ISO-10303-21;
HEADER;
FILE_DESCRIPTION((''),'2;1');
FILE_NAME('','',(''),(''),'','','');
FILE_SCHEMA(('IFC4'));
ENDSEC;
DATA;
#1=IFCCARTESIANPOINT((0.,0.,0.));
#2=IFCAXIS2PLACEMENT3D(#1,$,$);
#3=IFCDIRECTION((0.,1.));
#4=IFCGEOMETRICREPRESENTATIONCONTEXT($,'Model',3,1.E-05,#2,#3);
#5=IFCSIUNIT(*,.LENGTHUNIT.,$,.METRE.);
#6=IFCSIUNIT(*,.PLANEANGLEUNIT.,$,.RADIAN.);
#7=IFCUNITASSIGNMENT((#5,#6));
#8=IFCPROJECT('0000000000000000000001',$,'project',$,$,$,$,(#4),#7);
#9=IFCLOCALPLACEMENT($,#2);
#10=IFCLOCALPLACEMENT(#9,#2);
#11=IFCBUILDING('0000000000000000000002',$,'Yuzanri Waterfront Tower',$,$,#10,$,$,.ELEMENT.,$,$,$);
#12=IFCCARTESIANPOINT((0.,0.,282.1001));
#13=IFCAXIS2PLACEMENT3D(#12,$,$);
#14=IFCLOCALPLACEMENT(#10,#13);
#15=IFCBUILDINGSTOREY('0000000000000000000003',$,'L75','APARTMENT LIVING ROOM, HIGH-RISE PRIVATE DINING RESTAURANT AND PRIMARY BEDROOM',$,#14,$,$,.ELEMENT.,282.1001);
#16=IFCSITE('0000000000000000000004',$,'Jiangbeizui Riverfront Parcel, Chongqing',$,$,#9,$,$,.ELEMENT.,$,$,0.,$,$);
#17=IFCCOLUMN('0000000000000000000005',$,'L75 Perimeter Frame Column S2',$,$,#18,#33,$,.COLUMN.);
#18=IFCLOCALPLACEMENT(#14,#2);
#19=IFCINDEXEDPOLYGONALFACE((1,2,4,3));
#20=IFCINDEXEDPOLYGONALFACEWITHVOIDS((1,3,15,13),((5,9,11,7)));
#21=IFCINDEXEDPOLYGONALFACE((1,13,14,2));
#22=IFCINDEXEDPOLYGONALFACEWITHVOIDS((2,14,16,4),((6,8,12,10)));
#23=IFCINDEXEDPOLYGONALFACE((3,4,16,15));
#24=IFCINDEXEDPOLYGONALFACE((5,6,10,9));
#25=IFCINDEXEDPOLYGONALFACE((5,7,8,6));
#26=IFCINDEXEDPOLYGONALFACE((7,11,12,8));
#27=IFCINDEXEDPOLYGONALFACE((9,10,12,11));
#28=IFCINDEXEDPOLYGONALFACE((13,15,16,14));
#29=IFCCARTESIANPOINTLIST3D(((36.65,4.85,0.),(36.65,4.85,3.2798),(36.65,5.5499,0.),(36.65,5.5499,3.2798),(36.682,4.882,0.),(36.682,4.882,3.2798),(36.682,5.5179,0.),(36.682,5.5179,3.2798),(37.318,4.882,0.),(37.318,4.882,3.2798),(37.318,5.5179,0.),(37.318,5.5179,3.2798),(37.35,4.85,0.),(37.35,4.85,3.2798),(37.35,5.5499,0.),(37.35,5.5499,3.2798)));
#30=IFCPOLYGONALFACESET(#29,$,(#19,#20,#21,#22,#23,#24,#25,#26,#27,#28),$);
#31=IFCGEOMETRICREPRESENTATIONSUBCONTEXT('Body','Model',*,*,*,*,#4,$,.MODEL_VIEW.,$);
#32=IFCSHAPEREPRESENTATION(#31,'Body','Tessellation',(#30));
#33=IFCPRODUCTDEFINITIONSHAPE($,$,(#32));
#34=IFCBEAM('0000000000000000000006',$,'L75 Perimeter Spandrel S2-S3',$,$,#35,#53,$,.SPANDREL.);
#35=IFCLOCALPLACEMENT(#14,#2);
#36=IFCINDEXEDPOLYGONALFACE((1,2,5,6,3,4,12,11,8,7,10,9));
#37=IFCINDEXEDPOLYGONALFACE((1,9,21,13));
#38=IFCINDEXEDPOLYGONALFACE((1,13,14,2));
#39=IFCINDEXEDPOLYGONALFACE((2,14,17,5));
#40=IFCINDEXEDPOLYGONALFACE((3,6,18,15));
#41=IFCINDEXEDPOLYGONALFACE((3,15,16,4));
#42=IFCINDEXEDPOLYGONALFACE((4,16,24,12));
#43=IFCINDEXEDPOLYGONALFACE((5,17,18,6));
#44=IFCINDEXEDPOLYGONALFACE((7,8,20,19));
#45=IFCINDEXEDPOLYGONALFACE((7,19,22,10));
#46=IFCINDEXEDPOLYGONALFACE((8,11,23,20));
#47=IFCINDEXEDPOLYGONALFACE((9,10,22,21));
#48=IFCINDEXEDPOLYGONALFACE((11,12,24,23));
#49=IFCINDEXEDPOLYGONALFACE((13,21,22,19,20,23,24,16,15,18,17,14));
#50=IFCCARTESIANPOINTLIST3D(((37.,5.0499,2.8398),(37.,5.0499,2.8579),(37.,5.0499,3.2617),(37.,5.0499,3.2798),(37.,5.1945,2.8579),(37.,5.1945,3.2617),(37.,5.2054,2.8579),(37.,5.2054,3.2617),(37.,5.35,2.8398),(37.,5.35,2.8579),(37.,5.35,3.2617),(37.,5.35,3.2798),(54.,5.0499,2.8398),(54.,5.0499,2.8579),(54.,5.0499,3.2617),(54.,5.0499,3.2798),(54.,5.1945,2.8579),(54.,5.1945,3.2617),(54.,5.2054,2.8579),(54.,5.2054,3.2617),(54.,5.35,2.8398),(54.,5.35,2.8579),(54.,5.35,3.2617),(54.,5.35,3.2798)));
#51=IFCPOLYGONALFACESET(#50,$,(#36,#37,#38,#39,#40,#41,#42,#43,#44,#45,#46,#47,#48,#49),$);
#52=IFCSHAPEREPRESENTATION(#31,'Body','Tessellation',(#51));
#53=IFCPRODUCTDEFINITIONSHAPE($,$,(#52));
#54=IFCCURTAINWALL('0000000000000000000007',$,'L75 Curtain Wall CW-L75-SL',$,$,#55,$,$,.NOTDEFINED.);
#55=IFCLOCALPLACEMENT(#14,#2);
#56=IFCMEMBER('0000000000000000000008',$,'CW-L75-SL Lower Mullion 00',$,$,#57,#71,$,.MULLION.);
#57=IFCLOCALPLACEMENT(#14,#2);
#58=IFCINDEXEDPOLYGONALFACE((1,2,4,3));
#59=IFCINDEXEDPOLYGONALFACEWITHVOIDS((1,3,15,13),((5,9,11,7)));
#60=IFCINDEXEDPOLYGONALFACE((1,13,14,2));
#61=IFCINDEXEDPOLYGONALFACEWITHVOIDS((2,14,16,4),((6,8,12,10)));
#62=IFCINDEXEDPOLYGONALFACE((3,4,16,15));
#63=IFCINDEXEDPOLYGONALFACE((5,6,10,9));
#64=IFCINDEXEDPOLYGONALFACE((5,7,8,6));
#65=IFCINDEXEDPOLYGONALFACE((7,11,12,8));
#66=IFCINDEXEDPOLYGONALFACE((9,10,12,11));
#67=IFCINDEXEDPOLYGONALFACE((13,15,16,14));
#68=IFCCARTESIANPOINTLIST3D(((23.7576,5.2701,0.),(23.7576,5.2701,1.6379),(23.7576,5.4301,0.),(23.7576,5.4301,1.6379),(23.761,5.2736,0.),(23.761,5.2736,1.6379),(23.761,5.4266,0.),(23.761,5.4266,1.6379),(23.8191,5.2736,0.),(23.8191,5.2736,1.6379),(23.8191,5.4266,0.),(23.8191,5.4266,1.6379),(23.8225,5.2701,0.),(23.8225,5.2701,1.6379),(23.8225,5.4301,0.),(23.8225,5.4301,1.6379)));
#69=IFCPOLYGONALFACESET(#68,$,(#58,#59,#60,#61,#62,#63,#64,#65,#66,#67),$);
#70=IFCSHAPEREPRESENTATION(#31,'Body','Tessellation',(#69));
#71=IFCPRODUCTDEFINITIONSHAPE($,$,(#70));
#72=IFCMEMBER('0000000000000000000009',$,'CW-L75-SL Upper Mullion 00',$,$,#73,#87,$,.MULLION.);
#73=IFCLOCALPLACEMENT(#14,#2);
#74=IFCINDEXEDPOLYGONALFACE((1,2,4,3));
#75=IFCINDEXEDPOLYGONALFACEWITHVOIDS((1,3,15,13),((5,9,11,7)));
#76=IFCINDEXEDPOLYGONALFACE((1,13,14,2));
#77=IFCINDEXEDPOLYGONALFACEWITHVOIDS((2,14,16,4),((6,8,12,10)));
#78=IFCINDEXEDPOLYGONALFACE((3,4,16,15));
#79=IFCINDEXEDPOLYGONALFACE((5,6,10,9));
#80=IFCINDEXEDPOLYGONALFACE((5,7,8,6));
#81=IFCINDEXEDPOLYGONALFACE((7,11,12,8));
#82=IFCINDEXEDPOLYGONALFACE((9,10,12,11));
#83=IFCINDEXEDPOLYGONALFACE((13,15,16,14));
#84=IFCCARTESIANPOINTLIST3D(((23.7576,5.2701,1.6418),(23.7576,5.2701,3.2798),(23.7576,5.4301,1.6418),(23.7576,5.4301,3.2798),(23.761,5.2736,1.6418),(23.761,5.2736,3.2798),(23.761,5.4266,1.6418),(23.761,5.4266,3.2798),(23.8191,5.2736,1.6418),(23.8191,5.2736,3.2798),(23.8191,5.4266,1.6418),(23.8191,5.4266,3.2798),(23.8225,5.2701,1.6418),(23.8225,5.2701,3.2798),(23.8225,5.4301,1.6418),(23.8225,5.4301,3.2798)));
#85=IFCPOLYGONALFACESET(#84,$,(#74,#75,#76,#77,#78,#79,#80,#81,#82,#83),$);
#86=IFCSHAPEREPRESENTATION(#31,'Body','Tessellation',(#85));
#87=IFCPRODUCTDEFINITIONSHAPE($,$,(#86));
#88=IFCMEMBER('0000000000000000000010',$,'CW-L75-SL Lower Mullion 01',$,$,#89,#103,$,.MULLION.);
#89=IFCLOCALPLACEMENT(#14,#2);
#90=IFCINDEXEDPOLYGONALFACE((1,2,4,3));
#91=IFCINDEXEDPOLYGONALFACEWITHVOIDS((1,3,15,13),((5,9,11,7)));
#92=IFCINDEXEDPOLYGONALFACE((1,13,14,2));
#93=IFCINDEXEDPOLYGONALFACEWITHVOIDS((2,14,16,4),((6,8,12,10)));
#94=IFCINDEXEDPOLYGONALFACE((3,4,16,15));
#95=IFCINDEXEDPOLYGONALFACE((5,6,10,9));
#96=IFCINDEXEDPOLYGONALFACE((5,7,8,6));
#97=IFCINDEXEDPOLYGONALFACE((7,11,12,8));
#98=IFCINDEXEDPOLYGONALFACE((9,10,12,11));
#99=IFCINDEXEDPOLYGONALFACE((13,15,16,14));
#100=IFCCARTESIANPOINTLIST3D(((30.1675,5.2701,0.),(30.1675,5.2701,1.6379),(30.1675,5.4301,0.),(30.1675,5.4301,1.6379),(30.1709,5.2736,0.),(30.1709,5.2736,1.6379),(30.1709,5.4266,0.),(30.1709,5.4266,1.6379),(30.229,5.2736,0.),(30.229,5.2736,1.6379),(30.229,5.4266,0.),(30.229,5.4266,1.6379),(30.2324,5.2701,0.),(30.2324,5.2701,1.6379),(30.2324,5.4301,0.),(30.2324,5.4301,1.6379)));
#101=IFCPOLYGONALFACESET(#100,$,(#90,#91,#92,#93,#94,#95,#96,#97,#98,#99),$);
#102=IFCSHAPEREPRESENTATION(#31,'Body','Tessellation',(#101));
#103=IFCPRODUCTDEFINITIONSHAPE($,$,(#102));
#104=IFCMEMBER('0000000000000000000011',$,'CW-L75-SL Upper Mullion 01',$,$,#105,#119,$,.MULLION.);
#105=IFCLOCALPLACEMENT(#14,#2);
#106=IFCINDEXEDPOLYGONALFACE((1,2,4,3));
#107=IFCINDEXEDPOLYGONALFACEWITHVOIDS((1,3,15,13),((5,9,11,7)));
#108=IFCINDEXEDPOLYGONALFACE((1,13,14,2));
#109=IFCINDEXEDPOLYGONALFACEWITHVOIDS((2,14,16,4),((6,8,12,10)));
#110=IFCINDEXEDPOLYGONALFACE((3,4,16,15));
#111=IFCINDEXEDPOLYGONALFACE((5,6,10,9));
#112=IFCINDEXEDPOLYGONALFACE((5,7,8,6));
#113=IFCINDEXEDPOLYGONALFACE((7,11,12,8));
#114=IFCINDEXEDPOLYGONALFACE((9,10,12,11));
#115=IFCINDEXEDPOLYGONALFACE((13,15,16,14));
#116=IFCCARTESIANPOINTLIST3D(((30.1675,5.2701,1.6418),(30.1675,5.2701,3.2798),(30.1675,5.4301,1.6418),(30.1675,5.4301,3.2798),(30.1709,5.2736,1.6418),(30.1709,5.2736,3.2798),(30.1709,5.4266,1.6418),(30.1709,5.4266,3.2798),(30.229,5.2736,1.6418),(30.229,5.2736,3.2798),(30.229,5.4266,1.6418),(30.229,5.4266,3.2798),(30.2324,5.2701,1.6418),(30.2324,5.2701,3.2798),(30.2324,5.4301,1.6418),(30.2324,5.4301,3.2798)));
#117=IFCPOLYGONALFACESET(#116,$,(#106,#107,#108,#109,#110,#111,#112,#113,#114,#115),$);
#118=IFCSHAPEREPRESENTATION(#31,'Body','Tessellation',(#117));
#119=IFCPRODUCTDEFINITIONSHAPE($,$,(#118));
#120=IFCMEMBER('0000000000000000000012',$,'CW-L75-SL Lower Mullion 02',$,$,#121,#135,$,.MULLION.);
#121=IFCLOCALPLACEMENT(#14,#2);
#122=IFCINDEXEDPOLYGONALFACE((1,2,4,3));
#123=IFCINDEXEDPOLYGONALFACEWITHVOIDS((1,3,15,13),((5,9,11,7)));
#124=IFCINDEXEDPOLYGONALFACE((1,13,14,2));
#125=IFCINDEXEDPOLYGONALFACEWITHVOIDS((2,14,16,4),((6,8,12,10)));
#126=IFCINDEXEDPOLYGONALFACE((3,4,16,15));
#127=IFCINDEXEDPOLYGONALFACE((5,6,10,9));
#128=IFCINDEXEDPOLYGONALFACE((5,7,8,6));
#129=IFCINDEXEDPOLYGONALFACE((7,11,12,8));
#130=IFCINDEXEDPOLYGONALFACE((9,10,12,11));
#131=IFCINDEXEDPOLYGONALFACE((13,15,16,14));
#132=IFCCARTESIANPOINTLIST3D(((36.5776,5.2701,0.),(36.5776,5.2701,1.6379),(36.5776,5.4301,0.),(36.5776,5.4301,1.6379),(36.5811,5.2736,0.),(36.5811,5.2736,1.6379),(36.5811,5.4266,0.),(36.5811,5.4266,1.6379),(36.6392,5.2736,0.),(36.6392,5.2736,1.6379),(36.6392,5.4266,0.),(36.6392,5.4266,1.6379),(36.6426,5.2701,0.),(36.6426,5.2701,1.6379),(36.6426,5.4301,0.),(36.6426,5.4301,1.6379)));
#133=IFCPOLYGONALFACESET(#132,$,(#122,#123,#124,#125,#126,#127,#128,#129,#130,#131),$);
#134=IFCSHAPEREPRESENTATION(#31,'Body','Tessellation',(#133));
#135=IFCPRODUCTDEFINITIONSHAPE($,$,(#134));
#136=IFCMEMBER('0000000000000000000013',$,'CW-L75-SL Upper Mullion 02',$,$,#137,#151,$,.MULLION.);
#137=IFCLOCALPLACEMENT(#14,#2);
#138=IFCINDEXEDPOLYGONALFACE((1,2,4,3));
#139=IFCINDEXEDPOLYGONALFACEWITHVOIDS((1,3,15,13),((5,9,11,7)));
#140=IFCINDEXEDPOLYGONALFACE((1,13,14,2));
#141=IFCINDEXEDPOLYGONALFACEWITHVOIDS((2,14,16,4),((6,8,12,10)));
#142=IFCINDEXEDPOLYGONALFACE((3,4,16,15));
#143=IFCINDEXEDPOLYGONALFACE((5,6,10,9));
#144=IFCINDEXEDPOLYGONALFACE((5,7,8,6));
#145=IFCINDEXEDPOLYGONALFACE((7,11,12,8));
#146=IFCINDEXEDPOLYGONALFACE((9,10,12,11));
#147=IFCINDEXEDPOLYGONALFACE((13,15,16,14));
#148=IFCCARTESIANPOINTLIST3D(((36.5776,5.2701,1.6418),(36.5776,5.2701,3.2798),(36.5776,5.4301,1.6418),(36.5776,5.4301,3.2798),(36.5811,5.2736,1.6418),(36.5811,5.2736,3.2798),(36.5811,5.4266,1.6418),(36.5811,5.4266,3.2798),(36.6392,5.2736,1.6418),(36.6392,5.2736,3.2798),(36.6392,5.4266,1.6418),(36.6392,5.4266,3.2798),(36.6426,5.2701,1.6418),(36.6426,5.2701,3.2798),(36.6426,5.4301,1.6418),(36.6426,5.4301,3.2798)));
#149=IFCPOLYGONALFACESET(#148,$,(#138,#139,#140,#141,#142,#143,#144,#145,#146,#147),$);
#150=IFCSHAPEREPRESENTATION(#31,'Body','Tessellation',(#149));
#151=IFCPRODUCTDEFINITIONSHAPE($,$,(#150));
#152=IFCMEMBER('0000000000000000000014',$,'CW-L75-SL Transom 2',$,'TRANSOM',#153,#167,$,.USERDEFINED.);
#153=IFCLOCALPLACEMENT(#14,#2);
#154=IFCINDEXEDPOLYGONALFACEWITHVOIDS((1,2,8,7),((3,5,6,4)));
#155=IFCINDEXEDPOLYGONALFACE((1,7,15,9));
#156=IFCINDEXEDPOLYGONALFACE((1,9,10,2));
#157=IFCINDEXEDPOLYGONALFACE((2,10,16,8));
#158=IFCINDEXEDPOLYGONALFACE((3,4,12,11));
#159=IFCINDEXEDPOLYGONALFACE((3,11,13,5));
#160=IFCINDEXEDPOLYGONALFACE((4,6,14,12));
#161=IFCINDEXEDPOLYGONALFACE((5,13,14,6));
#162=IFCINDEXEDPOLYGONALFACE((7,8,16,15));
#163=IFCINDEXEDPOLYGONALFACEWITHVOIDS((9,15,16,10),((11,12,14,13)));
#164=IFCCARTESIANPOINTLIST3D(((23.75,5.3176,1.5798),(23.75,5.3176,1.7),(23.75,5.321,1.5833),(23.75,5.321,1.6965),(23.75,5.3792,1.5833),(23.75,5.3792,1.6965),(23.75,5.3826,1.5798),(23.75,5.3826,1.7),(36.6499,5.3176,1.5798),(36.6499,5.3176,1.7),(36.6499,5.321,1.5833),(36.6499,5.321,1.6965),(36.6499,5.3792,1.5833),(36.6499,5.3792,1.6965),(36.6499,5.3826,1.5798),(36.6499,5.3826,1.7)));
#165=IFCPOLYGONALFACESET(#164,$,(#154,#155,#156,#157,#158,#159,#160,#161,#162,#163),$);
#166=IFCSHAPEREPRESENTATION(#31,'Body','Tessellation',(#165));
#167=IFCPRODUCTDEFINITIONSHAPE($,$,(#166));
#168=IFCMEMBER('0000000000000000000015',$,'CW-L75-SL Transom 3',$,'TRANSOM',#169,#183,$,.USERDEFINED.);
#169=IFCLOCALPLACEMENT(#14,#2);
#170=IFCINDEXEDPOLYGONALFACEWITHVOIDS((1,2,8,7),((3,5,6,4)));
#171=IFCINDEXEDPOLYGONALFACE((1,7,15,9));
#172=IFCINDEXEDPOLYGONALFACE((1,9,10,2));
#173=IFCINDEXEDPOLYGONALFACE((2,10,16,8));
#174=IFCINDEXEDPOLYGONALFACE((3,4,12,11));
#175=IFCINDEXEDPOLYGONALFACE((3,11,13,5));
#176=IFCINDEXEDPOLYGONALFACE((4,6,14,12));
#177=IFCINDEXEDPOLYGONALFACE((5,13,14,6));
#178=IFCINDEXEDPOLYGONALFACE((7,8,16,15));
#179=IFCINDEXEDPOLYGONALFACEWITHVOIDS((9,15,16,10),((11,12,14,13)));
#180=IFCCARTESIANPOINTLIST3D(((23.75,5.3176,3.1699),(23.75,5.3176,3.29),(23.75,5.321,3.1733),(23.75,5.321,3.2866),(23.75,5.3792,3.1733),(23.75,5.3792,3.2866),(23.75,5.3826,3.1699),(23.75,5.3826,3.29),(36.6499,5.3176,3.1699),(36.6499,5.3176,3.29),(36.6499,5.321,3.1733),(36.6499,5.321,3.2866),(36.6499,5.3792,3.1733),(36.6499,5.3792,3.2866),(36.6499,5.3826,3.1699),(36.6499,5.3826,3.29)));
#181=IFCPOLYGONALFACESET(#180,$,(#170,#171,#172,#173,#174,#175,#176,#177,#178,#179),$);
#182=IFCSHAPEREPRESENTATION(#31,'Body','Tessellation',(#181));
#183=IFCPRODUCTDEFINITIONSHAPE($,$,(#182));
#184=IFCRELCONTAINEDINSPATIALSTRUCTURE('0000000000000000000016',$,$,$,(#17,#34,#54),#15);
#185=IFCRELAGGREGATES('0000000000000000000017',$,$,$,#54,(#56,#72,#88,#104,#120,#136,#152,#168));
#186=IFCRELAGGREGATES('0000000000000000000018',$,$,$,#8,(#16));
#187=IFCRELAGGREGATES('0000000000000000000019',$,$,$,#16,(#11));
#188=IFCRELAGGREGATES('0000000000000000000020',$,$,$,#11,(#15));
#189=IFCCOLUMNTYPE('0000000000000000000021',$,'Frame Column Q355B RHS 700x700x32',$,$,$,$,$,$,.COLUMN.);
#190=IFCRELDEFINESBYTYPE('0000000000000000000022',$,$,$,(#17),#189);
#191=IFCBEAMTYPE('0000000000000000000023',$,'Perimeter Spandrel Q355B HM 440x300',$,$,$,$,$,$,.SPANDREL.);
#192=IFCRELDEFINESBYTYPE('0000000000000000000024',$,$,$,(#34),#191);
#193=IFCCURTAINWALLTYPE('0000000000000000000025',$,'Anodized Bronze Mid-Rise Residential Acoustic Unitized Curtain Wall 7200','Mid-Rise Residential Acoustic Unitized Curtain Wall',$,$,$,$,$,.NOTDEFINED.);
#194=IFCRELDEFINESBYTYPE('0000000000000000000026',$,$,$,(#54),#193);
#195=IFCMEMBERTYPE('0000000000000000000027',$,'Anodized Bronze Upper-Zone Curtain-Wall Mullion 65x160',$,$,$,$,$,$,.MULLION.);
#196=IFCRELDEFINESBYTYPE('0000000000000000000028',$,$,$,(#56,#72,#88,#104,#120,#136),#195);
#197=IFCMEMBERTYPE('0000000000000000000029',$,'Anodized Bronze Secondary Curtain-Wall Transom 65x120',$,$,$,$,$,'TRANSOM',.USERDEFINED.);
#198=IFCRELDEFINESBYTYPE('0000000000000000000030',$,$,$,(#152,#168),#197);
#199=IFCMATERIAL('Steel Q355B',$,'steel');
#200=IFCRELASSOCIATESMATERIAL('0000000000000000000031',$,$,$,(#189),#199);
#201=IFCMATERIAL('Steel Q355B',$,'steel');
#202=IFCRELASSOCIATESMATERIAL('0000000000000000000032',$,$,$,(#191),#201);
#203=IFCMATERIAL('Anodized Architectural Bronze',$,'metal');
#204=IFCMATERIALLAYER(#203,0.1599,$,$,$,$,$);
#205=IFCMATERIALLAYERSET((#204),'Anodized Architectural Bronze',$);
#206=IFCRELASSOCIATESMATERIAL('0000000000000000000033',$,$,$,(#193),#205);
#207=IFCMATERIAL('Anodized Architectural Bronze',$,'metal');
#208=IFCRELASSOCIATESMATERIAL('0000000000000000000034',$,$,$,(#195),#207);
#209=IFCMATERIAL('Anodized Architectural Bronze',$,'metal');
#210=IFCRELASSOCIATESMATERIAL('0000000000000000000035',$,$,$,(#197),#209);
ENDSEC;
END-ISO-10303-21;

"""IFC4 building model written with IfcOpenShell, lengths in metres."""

from ifc_helpers import new_model, si_unit, direction, frame, origin, origin_2d, place, context, subcontext, project, spatial, hollow_rectangle, i_section, extrude, source, transform, mapped, material, layer, layer_set, material_profile, profile_set, type_object, element, aggregate, save


model = new_model("IFC4")

# Units and contexts
model_context = context("Model", 3, precision=1e-05, world=origin(), true_north=direction((0.0, 1.0)))
body_context = subcontext(model_context, "Body", "Model", "MODEL_VIEW")
ifc_project = project(units=[si_unit("LENGTHUNIT", "METRE"), si_unit("PLANEANGLEUNIT", "RADIAN")], contexts=[model_context])

# Site, building, storey
site_placement = place(None, origin())
site = spatial("IfcSite", under=ifc_project, at=site_placement, Name="Jiangbeizui Riverfront Parcel, Chongqing", CompositionType="ELEMENT", RefElevation=0.0)
building_placement = place(site_placement, origin())
building = spatial("IfcBuilding", under=site, at=building_placement, Name="Yuzanri Waterfront Tower", CompositionType="ELEMENT")
storey_placement = place(building_placement, frame((0.0, 0.0, 282.1001)))
storey = spatial("IfcBuildingStorey", under=building, at=storey_placement, Name="L75", Description="APARTMENT LIVING ROOM, HIGH-RISE PRIVATE DINING RESTAURANT AND PRIMARY BEDROOM", CompositionType="ELEMENT", Elevation=282.1001)

# Column
ifc_material_1 = material(Name="Steel Q355B", Category="steel")
ifc_material_profile_1 = material_profile(ifc_material_1, hollow_rectangle(XDim=0.7, YDim=0.7, WallThickness=0.032, at=origin_2d()), Name="RHS 700x700x32")
ifc_profile_set_1 = profile_set([ifc_material_profile_1], Name="Steel Q355B")
column_type = type_object("IfcColumnType", Name="Frame Column Q355B RHS 700x700x32", PredefinedType="COLUMN", material=ifc_profile_set_1)
shared_shape_1 = source(origin(), body_context, "Body", "SweptSolid", [
    extrude(hollow_rectangle(XDim=0.7, YDim=0.7, WallThickness=0.032, at=origin_2d()), origin(), (0.0, 0.0, 1.0), 3.2798),
])
column_placement = place(storey_placement, frame((37.0, 5.2, 0.0), z_axis=(0.0, 0.0, 1.0), x_axis=(1.0, 0.0, 0.0)))
element("IfcColumn", 1, at=column_placement, inside=storey, type_object=column_type, Name="L75 Perimeter Frame Column S2", PredefinedType="COLUMN", context=body_context, shape_type="MappedRepresentation", body=[
    mapped(shared_shape_1, transform((0.0, 0.0, 0.0), scale=1.0)),
])

# Beam
ifc_material_2 = material(Name="Steel Q355B", Category="steel")
ifc_material_profile_2 = material_profile(ifc_material_2, i_section(OverallWidth=0.3, OverallDepth=0.4399, WebThickness=0.011, FlangeThickness=0.0181, at=origin_2d()), Name="HM 440x300x11x18")
ifc_profile_set_2 = profile_set([ifc_material_profile_2], Name="Steel Q355B")
beam_type = type_object("IfcBeamType", Name="Perimeter Spandrel Q355B HM 440x300", PredefinedType="SPANDREL", material=ifc_profile_set_2)
shared_shape_2 = source(origin(), body_context, "Body", "SweptSolid", [
    extrude(i_section(OverallWidth=0.3, OverallDepth=0.4399, WebThickness=0.011, FlangeThickness=0.0181, at=origin_2d()), origin(), (0.0, 0.0, 1.0), 17.0),
])
beam_placement = place(storey_placement, frame((37.0, 5.2, 3.0598), z_axis=(1.0, 0.0, 0.0), x_axis=(0.0, 1.0, 0.0)))
element("IfcBeam", 2, at=beam_placement, inside=storey, type_object=beam_type, Name="L75 Perimeter Spandrel S2-S3", PredefinedType="SPANDREL", context=body_context, shape_type="MappedRepresentation", body=[
    mapped(shared_shape_2, transform((0.0, 0.0, 0.0), scale=1.0)),
])

# Curtain wall, members
ifc_material_3 = material(Name="Anodized Architectural Bronze", Category="metal")
ifc_layer_1 = layer(ifc_material_3, 0.1599)
ifc_layer_set_1 = layer_set([ifc_layer_1], Name="Anodized Architectural Bronze")
curtain_wall_type = type_object("IfcCurtainWallType", Name="Anodized Bronze Mid-Rise Residential Acoustic Unitized Curtain Wall 7200", Description="Mid-Rise Residential Acoustic Unitized Curtain Wall", PredefinedType="NOTDEFINED", material=ifc_layer_set_1)
curtain_wall_placement = place(storey_placement, origin())
curtain_wall = element("IfcCurtainWall", 3, at=curtain_wall_placement, inside=storey, type_object=curtain_wall_type, Name="L75 Curtain Wall CW-L75-SL", PredefinedType="NOTDEFINED")
ifc_material_4 = material(Name="Anodized Architectural Bronze", Category="metal")
ifc_material_profile_3 = material_profile(ifc_material_4, hollow_rectangle(XDim=0.0649, YDim=0.1599, WallThickness=0.0034, at=origin_2d()), Name="CWM 65x160")
ifc_profile_set_3 = profile_set([ifc_material_profile_3], Name="Anodized Architectural Bronze")
member_type_1 = type_object("IfcMemberType", Name="Anodized Bronze Upper-Zone Curtain-Wall Mullion 65x160", PredefinedType="MULLION", material=ifc_profile_set_3)
shared_shape_3 = source(origin(), body_context, "Body", "SweptSolid", [
    extrude(hollow_rectangle(XDim=0.0649, YDim=0.1599, WallThickness=0.0034, at=origin_2d()), origin(), (0.0, 0.0, 1.0), 1.6379),
])
member_1_placement = place(storey_placement, frame((23.79, 5.3501, 0.0), z_axis=(0.0, 0.0, 1.0), x_axis=(1.0, 0.0, 0.0)))
member_1 = element("IfcMember", 4, at=member_1_placement, type_object=member_type_1, Name="CW-L75-SL Lower Mullion 00", PredefinedType="MULLION", context=body_context, shape_type="MappedRepresentation", body=[
    mapped(shared_shape_3, transform((0.0, 0.0, 0.0), scale=1.0)),
])
member_2_placement = place(storey_placement, frame((23.79, 5.3501, 1.6418), z_axis=(0.0, 0.0, 1.0), x_axis=(1.0, 0.0, 0.0)))
member_2 = element("IfcMember", 5, at=member_2_placement, type_object=member_type_1, Name="CW-L75-SL Upper Mullion 00", PredefinedType="MULLION", context=body_context, shape_type="MappedRepresentation", body=[
    mapped(shared_shape_3, transform((0.0, 0.0, 0.0), scale=1.0)),
])
member_3_placement = place(storey_placement, frame((30.2, 5.3501, 0.0), z_axis=(0.0, 0.0, 1.0), x_axis=(1.0, 0.0, 0.0)))
member_3 = element("IfcMember", 6, at=member_3_placement, type_object=member_type_1, Name="CW-L75-SL Lower Mullion 01", PredefinedType="MULLION", context=body_context, shape_type="MappedRepresentation", body=[
    mapped(shared_shape_3, transform((0.0, 0.0, 0.0), scale=1.0)),
])
member_4_placement = place(storey_placement, frame((30.2, 5.3501, 1.6418), z_axis=(0.0, 0.0, 1.0), x_axis=(1.0, 0.0, 0.0)))
member_4 = element("IfcMember", 7, at=member_4_placement, type_object=member_type_1, Name="CW-L75-SL Upper Mullion 01", PredefinedType="MULLION", context=body_context, shape_type="MappedRepresentation", body=[
    mapped(shared_shape_3, transform((0.0, 0.0, 0.0), scale=1.0)),
])
member_5_placement = place(storey_placement, frame((36.6101, 5.3501, 0.0), z_axis=(0.0, 0.0, 1.0), x_axis=(1.0, 0.0, 0.0)))
member_5 = element("IfcMember", 8, at=member_5_placement, type_object=member_type_1, Name="CW-L75-SL Lower Mullion 02", PredefinedType="MULLION", context=body_context, shape_type="MappedRepresentation", body=[
    mapped(shared_shape_3, transform((0.0, 0.0, 0.0), scale=1.0)),
])
member_6_placement = place(storey_placement, frame((36.6101, 5.3501, 1.6418), z_axis=(0.0, 0.0, 1.0), x_axis=(1.0, 0.0, 0.0)))
member_6 = element("IfcMember", 9, at=member_6_placement, type_object=member_type_1, Name="CW-L75-SL Upper Mullion 02", PredefinedType="MULLION", context=body_context, shape_type="MappedRepresentation", body=[
    mapped(shared_shape_3, transform((0.0, 0.0, 0.0), scale=1.0)),
])
ifc_material_5 = material(Name="Anodized Architectural Bronze", Category="metal")
ifc_material_profile_4 = material_profile(ifc_material_5, hollow_rectangle(XDim=0.0649, YDim=0.1201, WallThickness=0.0034, at=origin_2d()), Name="CWT 65x120")
ifc_profile_set_4 = profile_set([ifc_material_profile_4], Name="Anodized Architectural Bronze")
member_type_2 = type_object("IfcMemberType", Name="Anodized Bronze Secondary Curtain-Wall Transom 65x120", ElementType="TRANSOM", PredefinedType="USERDEFINED", material=ifc_profile_set_4)
shared_shape_4 = source(origin(), body_context, "Body", "SweptSolid", [
    extrude(hollow_rectangle(XDim=0.0649, YDim=0.1201, WallThickness=0.0034, at=origin_2d()), origin(), (0.0, 0.0, 1.0), 12.8999),
])
member_7_placement = place(storey_placement, frame((23.75, 5.3501, 1.6399), z_axis=(1.0, 0.0, 0.0), x_axis=(0.0, 1.0, 0.0)))
member_7 = element("IfcMember", 10, at=member_7_placement, type_object=member_type_2, Name="CW-L75-SL Transom 2", ObjectType="TRANSOM", PredefinedType="USERDEFINED", context=body_context, shape_type="MappedRepresentation", body=[
    mapped(shared_shape_4, transform((0.0, 0.0, 0.0), scale=1.0)),
])
member_8_placement = place(storey_placement, frame((23.75, 5.3501, 3.23), z_axis=(1.0, 0.0, 0.0), x_axis=(0.0, 1.0, 0.0)))
member_8 = element("IfcMember", 11, at=member_8_placement, type_object=member_type_2, Name="CW-L75-SL Transom 3", ObjectType="TRANSOM", PredefinedType="USERDEFINED", context=body_context, shape_type="MappedRepresentation", body=[
    mapped(shared_shape_4, transform((0.0, 0.0, 0.0), scale=1.0)),
])

aggregate(curtain_wall, [member_1, member_2, member_3, member_4, member_5, member_6, member_7, member_8])

save(model, "model.ifc")
